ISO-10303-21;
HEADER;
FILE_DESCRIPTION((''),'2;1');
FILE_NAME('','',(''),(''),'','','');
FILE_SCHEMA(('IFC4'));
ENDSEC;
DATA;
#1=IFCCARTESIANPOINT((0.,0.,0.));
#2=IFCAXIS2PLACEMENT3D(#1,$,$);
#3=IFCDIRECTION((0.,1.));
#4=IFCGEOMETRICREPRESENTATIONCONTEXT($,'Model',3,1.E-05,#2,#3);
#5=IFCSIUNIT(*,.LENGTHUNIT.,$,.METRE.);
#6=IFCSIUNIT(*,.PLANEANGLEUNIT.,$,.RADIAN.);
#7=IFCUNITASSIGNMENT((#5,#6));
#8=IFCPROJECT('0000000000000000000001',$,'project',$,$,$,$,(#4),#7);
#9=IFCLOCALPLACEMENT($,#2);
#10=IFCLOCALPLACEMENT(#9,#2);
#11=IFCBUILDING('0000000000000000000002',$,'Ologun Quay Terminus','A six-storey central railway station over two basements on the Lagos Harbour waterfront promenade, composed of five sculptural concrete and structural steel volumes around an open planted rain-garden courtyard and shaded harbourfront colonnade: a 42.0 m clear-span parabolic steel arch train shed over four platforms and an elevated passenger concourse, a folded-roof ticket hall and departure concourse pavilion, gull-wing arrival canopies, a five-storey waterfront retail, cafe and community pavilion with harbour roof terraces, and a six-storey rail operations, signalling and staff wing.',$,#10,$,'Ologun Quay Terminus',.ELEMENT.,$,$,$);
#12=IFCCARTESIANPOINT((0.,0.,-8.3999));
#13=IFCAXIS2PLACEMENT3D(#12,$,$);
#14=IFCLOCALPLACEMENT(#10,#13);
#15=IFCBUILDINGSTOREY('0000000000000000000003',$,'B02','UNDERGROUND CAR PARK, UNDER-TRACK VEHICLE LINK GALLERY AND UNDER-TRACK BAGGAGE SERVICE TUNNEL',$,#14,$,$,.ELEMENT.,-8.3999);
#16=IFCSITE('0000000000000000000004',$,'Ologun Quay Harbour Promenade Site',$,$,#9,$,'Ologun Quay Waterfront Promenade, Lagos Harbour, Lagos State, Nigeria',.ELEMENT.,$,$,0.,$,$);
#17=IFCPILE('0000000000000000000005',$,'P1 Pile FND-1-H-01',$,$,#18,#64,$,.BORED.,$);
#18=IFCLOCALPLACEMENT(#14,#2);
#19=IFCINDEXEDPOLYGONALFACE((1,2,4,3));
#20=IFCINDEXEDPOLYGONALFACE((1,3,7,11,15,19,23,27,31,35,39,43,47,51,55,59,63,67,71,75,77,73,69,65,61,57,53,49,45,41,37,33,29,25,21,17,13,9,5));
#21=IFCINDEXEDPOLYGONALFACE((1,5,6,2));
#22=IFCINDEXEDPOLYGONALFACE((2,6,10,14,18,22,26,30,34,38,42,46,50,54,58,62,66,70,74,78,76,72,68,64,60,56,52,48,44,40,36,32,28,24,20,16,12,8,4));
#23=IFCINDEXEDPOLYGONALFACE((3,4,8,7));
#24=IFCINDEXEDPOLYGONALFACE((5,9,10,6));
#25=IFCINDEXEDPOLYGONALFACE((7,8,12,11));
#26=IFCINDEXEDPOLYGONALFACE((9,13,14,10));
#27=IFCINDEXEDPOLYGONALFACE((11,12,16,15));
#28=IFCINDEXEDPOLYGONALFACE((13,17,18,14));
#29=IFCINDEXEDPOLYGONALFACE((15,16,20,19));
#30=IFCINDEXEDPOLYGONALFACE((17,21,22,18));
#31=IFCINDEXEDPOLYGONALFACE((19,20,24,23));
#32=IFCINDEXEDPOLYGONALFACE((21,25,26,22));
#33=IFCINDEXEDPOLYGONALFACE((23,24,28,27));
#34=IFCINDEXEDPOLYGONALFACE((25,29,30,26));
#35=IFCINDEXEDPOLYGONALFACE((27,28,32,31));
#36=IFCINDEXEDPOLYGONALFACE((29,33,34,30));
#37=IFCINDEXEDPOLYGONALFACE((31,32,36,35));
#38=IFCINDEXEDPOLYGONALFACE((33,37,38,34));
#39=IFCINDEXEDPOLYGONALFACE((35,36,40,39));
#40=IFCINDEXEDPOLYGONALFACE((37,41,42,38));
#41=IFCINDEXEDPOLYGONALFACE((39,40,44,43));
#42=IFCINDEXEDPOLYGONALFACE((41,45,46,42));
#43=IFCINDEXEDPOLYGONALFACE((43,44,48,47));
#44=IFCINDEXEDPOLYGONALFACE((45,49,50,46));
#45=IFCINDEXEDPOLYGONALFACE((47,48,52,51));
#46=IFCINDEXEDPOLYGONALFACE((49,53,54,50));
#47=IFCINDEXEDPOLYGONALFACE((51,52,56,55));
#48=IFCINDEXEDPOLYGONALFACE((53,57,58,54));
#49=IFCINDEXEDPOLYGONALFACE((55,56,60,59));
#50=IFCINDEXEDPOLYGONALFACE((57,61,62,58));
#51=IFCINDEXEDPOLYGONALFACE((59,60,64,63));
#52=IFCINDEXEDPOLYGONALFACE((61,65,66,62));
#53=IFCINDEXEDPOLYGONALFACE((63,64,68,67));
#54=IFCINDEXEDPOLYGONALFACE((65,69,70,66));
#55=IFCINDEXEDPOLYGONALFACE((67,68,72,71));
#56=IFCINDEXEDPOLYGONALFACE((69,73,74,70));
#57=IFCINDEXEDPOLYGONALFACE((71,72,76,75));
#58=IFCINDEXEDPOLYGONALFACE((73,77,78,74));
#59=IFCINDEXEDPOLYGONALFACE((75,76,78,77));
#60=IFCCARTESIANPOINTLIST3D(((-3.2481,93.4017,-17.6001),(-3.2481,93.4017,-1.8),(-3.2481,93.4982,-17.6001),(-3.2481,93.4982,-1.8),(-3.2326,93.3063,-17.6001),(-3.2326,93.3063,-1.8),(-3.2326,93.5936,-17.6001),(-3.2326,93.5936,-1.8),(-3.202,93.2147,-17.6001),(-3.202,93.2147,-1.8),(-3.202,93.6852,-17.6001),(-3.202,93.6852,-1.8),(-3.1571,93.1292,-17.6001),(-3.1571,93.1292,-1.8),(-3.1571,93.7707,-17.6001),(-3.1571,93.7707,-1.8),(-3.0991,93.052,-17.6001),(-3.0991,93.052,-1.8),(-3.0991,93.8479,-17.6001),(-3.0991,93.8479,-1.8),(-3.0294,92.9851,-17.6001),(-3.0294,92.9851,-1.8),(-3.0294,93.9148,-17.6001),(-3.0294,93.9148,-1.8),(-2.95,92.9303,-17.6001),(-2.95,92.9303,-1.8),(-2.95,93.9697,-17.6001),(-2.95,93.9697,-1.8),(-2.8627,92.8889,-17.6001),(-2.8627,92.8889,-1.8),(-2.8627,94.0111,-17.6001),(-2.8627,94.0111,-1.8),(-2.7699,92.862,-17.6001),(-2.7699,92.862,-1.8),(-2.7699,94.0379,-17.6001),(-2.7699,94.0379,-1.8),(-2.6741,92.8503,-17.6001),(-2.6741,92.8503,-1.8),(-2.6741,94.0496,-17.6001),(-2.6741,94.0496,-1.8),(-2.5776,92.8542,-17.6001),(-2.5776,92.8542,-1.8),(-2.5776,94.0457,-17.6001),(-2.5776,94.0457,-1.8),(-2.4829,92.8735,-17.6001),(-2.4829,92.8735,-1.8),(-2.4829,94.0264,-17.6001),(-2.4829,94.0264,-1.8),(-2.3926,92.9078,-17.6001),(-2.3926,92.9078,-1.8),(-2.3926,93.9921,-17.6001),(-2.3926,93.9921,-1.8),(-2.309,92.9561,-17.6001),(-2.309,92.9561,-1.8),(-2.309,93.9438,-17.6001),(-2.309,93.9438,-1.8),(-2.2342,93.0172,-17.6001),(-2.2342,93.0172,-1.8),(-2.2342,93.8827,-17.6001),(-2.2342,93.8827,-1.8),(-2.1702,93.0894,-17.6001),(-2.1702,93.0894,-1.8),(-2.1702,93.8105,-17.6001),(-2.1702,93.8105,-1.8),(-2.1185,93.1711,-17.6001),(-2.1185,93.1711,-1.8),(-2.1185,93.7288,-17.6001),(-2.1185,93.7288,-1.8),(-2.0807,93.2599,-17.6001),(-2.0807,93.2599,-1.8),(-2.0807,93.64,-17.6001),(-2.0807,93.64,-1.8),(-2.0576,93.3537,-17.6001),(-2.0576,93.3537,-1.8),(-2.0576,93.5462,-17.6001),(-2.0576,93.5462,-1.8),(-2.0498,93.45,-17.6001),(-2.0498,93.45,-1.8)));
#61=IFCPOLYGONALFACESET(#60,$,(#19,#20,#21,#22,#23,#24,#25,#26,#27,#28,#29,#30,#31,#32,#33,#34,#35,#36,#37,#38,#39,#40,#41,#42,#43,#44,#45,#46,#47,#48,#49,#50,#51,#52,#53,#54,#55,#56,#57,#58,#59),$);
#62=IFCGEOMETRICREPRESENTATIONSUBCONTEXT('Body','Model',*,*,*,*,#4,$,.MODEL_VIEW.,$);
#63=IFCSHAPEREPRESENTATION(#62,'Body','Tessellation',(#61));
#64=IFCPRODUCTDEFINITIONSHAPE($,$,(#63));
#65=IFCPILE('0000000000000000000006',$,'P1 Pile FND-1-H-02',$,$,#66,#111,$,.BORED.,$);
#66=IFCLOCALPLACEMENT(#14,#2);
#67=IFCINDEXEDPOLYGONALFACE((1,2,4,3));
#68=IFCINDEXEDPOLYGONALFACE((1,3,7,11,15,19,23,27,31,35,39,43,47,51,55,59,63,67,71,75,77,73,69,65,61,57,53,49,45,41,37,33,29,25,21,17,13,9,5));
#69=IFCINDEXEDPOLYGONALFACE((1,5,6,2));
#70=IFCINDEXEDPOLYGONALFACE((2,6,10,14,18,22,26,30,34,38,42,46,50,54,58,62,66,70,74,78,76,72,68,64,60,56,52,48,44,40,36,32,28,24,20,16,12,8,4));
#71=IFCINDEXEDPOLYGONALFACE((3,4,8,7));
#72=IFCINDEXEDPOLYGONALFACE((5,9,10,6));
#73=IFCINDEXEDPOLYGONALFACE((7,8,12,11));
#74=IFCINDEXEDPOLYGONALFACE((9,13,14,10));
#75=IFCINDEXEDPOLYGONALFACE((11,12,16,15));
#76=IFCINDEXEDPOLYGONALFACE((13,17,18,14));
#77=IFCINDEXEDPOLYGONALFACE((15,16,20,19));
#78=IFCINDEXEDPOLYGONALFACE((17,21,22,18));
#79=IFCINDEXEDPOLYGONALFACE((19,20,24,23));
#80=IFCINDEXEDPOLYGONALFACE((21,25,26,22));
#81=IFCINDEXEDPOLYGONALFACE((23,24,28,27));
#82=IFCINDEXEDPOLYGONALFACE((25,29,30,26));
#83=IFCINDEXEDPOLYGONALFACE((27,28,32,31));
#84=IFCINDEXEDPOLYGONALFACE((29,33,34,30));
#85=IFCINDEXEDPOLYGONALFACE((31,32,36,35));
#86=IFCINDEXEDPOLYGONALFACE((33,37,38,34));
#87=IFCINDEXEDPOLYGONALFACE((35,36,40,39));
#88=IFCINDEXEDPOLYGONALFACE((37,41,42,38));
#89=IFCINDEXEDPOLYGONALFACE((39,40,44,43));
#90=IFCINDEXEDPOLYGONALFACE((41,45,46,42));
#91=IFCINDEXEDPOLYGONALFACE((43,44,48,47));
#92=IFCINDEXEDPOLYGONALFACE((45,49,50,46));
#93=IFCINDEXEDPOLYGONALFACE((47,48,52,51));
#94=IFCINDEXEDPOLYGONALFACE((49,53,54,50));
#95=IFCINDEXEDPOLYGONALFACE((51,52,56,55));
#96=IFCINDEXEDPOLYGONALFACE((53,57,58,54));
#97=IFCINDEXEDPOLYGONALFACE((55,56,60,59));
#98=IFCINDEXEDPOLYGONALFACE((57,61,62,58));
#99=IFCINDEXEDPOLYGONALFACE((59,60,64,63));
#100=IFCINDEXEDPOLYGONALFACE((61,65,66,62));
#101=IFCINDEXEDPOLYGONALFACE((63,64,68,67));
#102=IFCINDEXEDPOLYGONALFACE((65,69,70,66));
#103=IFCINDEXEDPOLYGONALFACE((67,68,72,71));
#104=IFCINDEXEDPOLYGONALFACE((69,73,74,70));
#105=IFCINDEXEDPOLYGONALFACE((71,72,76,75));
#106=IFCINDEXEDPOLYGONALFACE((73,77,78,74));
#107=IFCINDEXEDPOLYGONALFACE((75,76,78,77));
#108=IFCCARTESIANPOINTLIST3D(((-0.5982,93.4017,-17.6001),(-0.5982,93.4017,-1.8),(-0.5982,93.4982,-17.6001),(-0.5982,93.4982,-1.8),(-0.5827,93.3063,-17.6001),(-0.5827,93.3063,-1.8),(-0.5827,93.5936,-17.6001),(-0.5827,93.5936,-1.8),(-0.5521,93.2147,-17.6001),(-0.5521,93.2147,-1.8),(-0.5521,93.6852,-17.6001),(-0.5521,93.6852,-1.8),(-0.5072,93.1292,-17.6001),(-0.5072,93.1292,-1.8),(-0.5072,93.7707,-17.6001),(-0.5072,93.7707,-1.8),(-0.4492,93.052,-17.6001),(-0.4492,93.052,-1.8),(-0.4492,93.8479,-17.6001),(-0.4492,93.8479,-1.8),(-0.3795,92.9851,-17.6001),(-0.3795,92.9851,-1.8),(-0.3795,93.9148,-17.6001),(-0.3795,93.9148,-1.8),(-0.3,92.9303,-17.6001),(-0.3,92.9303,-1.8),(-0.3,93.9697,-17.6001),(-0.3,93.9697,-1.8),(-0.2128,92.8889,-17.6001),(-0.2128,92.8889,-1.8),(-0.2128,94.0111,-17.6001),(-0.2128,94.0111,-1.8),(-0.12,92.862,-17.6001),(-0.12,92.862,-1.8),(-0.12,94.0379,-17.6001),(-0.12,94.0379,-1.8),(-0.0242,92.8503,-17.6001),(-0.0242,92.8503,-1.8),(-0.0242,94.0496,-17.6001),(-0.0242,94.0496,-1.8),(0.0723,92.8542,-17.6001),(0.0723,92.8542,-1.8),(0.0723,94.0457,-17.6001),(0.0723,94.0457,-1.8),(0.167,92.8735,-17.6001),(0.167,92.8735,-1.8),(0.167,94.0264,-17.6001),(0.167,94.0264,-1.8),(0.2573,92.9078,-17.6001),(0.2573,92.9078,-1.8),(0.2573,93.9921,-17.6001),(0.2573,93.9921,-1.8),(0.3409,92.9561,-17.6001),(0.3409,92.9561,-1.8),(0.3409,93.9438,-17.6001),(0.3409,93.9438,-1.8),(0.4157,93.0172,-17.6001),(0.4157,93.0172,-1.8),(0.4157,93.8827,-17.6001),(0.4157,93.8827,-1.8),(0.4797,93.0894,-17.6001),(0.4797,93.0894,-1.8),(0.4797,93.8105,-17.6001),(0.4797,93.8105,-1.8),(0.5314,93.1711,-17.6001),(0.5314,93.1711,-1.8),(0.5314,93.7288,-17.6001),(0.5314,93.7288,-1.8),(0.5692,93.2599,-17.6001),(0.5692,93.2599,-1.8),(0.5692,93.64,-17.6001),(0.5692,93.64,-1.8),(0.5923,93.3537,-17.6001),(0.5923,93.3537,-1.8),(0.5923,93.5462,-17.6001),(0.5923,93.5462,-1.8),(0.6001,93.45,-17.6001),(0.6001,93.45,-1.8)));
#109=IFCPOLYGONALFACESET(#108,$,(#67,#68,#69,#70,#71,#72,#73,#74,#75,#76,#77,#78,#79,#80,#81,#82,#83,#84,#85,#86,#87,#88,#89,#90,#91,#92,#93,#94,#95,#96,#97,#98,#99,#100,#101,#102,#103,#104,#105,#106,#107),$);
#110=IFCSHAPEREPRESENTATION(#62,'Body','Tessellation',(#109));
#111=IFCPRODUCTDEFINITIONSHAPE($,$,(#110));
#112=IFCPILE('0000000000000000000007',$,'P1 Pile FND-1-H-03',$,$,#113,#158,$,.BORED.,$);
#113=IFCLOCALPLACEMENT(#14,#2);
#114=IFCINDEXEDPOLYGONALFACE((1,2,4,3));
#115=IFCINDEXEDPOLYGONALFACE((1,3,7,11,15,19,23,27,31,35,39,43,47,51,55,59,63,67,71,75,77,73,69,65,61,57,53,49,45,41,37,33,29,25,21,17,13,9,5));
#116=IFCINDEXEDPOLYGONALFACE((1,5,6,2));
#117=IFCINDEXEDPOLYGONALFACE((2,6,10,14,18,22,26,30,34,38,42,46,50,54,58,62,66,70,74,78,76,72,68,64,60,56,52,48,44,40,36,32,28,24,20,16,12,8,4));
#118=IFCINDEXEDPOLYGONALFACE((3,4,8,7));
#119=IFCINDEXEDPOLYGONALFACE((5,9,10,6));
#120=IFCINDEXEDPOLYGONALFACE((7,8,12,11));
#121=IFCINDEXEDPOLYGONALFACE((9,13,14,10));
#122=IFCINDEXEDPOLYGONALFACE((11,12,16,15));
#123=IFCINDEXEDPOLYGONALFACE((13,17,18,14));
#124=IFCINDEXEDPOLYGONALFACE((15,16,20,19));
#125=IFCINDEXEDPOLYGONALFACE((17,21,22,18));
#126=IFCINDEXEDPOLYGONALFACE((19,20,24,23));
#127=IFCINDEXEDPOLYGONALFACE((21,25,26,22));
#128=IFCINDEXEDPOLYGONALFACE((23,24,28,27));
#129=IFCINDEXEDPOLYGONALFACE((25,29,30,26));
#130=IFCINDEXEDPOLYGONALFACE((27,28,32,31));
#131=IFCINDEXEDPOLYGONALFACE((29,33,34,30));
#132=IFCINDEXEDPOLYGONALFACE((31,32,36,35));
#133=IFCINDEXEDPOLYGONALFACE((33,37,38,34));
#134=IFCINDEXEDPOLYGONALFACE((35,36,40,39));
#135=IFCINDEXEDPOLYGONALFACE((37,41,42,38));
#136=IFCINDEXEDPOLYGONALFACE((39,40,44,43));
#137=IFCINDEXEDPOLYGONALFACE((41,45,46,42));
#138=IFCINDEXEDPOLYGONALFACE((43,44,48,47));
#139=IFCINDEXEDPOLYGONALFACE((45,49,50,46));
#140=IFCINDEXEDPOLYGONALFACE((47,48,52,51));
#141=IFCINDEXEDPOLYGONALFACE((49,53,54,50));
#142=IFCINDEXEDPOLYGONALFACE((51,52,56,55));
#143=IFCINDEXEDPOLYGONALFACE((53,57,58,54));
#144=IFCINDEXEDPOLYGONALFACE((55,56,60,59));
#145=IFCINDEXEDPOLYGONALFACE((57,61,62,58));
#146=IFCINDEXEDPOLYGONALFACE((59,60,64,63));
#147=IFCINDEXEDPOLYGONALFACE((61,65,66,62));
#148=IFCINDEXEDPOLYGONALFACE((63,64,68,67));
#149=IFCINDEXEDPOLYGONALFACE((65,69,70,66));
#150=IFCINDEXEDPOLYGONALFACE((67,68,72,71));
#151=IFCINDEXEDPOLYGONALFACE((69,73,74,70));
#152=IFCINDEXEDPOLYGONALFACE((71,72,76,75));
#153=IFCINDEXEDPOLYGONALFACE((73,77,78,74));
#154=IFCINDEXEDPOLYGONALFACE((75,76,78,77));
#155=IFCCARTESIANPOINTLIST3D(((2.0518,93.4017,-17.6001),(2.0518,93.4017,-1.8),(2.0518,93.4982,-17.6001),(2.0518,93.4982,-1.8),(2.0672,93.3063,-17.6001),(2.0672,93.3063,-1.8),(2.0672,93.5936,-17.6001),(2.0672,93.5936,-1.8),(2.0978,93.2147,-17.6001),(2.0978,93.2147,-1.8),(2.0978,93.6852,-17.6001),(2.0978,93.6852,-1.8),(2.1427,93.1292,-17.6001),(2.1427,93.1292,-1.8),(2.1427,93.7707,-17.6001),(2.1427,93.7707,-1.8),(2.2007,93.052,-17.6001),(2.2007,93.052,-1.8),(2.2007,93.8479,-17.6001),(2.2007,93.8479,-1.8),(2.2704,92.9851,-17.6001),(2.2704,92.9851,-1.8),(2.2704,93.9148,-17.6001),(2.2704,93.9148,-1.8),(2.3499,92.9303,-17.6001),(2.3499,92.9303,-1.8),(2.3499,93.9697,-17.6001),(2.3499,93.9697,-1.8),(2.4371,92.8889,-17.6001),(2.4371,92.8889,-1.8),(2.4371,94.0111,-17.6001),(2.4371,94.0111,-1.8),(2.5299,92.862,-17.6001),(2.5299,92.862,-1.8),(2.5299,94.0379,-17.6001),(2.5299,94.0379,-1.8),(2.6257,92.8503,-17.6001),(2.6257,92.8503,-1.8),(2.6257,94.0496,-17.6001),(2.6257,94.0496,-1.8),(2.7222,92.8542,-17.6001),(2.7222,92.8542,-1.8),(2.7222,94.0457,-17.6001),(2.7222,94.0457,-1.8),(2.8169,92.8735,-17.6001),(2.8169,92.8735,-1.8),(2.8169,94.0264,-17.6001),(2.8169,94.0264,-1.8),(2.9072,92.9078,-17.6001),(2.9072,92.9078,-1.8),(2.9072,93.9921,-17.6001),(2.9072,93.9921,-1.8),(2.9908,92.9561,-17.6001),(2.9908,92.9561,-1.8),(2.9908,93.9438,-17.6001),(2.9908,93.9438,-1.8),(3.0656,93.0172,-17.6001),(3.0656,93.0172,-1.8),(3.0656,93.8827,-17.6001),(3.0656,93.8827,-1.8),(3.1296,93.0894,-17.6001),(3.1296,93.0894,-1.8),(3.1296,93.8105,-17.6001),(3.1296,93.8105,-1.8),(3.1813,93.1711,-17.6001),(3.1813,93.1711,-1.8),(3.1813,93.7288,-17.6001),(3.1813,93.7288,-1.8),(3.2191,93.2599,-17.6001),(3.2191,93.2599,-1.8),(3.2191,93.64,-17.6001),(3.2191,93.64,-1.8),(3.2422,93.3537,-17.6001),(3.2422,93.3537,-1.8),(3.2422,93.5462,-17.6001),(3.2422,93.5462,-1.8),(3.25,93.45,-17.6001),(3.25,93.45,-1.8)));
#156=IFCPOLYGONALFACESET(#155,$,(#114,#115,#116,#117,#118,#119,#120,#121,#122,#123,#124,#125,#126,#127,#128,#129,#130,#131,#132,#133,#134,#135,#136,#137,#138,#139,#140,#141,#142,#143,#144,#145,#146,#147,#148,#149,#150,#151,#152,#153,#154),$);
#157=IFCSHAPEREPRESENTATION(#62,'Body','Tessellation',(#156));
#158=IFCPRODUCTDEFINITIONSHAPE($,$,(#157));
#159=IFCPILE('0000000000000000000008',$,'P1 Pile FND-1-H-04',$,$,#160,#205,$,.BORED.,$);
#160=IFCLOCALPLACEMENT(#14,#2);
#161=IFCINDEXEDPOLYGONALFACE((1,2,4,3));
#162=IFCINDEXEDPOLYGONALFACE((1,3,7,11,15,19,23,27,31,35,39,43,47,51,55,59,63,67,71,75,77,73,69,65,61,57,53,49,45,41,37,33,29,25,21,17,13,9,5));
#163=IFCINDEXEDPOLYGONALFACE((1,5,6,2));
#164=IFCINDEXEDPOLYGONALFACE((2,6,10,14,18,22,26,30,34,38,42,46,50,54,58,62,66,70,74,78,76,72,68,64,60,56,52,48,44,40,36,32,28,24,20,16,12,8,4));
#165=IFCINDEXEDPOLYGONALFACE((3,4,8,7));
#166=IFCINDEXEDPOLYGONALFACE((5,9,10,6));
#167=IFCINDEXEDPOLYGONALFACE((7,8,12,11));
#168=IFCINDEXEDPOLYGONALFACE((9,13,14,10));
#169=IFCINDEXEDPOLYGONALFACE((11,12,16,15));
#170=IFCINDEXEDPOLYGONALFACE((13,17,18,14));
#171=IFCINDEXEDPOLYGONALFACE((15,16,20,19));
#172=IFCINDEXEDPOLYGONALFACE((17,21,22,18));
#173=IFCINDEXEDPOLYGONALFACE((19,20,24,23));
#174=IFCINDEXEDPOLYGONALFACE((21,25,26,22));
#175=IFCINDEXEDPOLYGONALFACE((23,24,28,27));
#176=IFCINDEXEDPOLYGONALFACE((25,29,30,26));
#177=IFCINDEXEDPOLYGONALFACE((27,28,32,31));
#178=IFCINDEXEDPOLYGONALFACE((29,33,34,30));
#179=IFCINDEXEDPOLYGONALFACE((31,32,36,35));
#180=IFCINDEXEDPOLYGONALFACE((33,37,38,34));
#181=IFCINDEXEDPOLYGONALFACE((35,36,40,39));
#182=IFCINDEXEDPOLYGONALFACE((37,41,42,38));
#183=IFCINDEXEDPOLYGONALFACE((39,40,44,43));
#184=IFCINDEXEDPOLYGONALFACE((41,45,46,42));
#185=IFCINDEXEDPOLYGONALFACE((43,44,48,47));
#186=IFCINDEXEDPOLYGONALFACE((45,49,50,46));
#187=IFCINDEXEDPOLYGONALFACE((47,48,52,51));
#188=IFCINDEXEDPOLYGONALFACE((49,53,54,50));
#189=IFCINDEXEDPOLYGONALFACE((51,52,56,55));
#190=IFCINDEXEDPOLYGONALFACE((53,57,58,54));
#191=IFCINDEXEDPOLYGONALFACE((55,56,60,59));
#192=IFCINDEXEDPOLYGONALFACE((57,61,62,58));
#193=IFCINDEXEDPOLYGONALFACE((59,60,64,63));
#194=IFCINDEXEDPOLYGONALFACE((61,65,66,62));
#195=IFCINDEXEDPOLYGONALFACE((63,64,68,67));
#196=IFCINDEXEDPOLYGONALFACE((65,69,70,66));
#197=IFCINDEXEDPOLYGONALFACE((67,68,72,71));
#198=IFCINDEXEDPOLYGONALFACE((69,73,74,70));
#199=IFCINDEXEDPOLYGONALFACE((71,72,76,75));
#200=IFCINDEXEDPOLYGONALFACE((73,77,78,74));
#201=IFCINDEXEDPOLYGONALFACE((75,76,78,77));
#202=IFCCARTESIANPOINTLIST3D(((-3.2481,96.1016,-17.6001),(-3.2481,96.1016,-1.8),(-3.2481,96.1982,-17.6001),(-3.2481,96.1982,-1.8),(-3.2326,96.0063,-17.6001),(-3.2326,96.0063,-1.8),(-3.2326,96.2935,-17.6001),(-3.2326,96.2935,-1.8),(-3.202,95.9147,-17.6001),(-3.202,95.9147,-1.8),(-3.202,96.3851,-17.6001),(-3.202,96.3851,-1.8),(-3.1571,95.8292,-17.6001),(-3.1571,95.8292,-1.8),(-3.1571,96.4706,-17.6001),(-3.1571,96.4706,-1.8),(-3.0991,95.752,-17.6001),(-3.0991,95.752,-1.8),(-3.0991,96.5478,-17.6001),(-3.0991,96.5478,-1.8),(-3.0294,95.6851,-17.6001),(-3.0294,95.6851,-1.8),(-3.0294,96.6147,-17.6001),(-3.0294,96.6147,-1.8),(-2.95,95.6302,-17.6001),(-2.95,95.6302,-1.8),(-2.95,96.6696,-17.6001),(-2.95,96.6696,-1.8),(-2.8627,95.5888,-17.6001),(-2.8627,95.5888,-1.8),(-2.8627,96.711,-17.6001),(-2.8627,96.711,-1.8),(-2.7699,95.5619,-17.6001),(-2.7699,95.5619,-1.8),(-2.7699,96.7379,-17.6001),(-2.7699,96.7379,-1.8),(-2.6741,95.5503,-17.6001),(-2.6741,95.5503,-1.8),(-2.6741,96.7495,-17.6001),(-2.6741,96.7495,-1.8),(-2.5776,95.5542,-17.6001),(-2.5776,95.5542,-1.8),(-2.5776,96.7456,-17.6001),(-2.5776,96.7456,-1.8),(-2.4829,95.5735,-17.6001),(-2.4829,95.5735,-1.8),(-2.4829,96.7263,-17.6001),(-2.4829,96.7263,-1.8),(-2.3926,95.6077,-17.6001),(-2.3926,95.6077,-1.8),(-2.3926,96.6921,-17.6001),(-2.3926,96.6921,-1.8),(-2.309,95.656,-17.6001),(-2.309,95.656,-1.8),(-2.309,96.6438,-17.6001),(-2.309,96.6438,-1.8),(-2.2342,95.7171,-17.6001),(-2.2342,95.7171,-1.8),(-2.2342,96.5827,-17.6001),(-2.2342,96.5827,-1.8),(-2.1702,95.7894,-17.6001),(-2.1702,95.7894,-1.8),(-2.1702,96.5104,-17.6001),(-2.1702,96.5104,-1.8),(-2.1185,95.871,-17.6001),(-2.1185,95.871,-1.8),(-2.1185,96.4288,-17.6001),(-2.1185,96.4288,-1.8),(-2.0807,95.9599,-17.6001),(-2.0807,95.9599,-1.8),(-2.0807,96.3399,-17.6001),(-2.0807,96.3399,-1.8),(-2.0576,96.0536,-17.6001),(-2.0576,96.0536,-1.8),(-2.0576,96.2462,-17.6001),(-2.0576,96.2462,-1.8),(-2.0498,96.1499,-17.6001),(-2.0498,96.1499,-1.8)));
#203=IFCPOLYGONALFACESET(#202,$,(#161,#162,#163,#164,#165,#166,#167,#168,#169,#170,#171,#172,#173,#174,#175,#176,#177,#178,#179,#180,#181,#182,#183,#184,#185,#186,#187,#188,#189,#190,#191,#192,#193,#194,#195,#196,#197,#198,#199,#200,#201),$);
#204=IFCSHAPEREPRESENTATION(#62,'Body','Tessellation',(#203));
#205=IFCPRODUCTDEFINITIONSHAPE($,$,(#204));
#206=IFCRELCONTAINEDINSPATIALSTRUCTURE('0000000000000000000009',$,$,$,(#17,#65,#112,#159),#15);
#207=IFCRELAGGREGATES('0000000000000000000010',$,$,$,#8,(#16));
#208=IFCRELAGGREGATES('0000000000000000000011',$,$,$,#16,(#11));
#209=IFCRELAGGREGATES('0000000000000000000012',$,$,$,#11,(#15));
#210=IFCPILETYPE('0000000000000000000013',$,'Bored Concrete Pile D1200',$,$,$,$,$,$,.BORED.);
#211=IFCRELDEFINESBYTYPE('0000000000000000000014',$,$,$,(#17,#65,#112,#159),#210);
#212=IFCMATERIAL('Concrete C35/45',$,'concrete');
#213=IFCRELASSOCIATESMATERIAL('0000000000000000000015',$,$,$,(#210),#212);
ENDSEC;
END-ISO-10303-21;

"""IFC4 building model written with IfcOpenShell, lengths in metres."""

from ifc_helpers import new_model, si_unit, direction, frame, origin, origin_2d, place, context, subcontext, project, spatial, circle, extrude, material, material_profile, profile_set, type_object, element, save


model = new_model("IFC4")

# Units and contexts
model_context = context("Model", 3, precision=1e-05, world=origin(), true_north=direction((0.0, 1.0)))
body_context = subcontext(model_context, "Body", "Model", "MODEL_VIEW")
ifc_project = project(units=[si_unit("LENGTHUNIT", "METRE"), si_unit("PLANEANGLEUNIT", "RADIAN")], contexts=[model_context])

# Site, building, storey
site_placement = place(None, origin())
site = spatial("IfcSite", under=ifc_project, at=site_placement, Name="Ologun Quay Harbour Promenade Site", LongName="Ologun Quay Waterfront Promenade, Lagos Harbour, Lagos State, Nigeria", CompositionType="ELEMENT", RefElevation=0.0)
building_placement = place(site_placement, origin())
building = spatial("IfcBuilding", under=site, at=building_placement, Name="Ologun Quay Terminus", Description="A six-storey central railway station over two basements on the Lagos Harbour waterfront promenade, composed of five sculptural concrete and structural steel volumes around an open planted rain-garden courtyard and shaded harbourfront colonnade: a 42.0 m clear-span parabolic steel arch train shed over four platforms and an elevated passenger concourse, a folded-roof ticket hall and departure concourse pavilion, gull-wing arrival canopies, a five-storey waterfront retail, cafe and community pavilion with harbour roof terraces, and a six-storey rail operations, signalling and staff wing.", LongName="Ologun Quay Terminus", CompositionType="ELEMENT")
storey_placement = place(building_placement, frame((0.0, 0.0, -8.3999)))
storey = spatial("IfcBuildingStorey", under=building, at=storey_placement, Name="B02", Description="UNDERGROUND CAR PARK, UNDER-TRACK VEHICLE LINK GALLERY AND UNDER-TRACK BAGGAGE SERVICE TUNNEL", CompositionType="ELEMENT", Elevation=-8.3999)

# Piles
ifc_material_1 = material(Name="Concrete C35/45", Category="concrete")
ifc_material_profile_1 = material_profile(ifc_material_1, circle(Radius=0.6001, at=origin_2d()), Name="PILE D1200")
ifc_profile_set_1 = profile_set([ifc_material_profile_1], Name="Concrete C35/45")
pile_type = type_object("IfcPileType", Name="Bored Concrete Pile D1200", PredefinedType="BORED", material=ifc_profile_set_1)
for number, where, z_axis, x_axis, name in (
    (1, (-2.6499, 93.45, -1.8), (0.0, 0.0, -1.0), (1.0, 0.0, 0.0), "P1 Pile FND-1-H-01"),
    (2, (0.0, 93.45, -1.8), (0.0, 0.0, -1.0), (1.0, 0.0, 0.0), "P1 Pile FND-1-H-02"),
    (3, (2.6499, 93.45, -1.8), (0.0, 0.0, -1.0), (1.0, 0.0, 0.0), "P1 Pile FND-1-H-03"),
    (4, (-2.6499, 96.1499, -1.8), (0.0, 0.0, -1.0), (1.0, 0.0, 0.0), "P1 Pile FND-1-H-04"),
):
    element("IfcPile", number, at=place(storey_placement, frame(where, z_axis=z_axis, x_axis=x_axis)), inside=storey, type_object=pile_type, Name=name, PredefinedType="BORED", context=body_context, shape_type="SweptSolid", body=[
        extrude(circle(Radius=0.6001, at=origin_2d()), origin(), (0.0, 0.0, 1.0), 15.8),
    ])

save(model, "model.ifc")
